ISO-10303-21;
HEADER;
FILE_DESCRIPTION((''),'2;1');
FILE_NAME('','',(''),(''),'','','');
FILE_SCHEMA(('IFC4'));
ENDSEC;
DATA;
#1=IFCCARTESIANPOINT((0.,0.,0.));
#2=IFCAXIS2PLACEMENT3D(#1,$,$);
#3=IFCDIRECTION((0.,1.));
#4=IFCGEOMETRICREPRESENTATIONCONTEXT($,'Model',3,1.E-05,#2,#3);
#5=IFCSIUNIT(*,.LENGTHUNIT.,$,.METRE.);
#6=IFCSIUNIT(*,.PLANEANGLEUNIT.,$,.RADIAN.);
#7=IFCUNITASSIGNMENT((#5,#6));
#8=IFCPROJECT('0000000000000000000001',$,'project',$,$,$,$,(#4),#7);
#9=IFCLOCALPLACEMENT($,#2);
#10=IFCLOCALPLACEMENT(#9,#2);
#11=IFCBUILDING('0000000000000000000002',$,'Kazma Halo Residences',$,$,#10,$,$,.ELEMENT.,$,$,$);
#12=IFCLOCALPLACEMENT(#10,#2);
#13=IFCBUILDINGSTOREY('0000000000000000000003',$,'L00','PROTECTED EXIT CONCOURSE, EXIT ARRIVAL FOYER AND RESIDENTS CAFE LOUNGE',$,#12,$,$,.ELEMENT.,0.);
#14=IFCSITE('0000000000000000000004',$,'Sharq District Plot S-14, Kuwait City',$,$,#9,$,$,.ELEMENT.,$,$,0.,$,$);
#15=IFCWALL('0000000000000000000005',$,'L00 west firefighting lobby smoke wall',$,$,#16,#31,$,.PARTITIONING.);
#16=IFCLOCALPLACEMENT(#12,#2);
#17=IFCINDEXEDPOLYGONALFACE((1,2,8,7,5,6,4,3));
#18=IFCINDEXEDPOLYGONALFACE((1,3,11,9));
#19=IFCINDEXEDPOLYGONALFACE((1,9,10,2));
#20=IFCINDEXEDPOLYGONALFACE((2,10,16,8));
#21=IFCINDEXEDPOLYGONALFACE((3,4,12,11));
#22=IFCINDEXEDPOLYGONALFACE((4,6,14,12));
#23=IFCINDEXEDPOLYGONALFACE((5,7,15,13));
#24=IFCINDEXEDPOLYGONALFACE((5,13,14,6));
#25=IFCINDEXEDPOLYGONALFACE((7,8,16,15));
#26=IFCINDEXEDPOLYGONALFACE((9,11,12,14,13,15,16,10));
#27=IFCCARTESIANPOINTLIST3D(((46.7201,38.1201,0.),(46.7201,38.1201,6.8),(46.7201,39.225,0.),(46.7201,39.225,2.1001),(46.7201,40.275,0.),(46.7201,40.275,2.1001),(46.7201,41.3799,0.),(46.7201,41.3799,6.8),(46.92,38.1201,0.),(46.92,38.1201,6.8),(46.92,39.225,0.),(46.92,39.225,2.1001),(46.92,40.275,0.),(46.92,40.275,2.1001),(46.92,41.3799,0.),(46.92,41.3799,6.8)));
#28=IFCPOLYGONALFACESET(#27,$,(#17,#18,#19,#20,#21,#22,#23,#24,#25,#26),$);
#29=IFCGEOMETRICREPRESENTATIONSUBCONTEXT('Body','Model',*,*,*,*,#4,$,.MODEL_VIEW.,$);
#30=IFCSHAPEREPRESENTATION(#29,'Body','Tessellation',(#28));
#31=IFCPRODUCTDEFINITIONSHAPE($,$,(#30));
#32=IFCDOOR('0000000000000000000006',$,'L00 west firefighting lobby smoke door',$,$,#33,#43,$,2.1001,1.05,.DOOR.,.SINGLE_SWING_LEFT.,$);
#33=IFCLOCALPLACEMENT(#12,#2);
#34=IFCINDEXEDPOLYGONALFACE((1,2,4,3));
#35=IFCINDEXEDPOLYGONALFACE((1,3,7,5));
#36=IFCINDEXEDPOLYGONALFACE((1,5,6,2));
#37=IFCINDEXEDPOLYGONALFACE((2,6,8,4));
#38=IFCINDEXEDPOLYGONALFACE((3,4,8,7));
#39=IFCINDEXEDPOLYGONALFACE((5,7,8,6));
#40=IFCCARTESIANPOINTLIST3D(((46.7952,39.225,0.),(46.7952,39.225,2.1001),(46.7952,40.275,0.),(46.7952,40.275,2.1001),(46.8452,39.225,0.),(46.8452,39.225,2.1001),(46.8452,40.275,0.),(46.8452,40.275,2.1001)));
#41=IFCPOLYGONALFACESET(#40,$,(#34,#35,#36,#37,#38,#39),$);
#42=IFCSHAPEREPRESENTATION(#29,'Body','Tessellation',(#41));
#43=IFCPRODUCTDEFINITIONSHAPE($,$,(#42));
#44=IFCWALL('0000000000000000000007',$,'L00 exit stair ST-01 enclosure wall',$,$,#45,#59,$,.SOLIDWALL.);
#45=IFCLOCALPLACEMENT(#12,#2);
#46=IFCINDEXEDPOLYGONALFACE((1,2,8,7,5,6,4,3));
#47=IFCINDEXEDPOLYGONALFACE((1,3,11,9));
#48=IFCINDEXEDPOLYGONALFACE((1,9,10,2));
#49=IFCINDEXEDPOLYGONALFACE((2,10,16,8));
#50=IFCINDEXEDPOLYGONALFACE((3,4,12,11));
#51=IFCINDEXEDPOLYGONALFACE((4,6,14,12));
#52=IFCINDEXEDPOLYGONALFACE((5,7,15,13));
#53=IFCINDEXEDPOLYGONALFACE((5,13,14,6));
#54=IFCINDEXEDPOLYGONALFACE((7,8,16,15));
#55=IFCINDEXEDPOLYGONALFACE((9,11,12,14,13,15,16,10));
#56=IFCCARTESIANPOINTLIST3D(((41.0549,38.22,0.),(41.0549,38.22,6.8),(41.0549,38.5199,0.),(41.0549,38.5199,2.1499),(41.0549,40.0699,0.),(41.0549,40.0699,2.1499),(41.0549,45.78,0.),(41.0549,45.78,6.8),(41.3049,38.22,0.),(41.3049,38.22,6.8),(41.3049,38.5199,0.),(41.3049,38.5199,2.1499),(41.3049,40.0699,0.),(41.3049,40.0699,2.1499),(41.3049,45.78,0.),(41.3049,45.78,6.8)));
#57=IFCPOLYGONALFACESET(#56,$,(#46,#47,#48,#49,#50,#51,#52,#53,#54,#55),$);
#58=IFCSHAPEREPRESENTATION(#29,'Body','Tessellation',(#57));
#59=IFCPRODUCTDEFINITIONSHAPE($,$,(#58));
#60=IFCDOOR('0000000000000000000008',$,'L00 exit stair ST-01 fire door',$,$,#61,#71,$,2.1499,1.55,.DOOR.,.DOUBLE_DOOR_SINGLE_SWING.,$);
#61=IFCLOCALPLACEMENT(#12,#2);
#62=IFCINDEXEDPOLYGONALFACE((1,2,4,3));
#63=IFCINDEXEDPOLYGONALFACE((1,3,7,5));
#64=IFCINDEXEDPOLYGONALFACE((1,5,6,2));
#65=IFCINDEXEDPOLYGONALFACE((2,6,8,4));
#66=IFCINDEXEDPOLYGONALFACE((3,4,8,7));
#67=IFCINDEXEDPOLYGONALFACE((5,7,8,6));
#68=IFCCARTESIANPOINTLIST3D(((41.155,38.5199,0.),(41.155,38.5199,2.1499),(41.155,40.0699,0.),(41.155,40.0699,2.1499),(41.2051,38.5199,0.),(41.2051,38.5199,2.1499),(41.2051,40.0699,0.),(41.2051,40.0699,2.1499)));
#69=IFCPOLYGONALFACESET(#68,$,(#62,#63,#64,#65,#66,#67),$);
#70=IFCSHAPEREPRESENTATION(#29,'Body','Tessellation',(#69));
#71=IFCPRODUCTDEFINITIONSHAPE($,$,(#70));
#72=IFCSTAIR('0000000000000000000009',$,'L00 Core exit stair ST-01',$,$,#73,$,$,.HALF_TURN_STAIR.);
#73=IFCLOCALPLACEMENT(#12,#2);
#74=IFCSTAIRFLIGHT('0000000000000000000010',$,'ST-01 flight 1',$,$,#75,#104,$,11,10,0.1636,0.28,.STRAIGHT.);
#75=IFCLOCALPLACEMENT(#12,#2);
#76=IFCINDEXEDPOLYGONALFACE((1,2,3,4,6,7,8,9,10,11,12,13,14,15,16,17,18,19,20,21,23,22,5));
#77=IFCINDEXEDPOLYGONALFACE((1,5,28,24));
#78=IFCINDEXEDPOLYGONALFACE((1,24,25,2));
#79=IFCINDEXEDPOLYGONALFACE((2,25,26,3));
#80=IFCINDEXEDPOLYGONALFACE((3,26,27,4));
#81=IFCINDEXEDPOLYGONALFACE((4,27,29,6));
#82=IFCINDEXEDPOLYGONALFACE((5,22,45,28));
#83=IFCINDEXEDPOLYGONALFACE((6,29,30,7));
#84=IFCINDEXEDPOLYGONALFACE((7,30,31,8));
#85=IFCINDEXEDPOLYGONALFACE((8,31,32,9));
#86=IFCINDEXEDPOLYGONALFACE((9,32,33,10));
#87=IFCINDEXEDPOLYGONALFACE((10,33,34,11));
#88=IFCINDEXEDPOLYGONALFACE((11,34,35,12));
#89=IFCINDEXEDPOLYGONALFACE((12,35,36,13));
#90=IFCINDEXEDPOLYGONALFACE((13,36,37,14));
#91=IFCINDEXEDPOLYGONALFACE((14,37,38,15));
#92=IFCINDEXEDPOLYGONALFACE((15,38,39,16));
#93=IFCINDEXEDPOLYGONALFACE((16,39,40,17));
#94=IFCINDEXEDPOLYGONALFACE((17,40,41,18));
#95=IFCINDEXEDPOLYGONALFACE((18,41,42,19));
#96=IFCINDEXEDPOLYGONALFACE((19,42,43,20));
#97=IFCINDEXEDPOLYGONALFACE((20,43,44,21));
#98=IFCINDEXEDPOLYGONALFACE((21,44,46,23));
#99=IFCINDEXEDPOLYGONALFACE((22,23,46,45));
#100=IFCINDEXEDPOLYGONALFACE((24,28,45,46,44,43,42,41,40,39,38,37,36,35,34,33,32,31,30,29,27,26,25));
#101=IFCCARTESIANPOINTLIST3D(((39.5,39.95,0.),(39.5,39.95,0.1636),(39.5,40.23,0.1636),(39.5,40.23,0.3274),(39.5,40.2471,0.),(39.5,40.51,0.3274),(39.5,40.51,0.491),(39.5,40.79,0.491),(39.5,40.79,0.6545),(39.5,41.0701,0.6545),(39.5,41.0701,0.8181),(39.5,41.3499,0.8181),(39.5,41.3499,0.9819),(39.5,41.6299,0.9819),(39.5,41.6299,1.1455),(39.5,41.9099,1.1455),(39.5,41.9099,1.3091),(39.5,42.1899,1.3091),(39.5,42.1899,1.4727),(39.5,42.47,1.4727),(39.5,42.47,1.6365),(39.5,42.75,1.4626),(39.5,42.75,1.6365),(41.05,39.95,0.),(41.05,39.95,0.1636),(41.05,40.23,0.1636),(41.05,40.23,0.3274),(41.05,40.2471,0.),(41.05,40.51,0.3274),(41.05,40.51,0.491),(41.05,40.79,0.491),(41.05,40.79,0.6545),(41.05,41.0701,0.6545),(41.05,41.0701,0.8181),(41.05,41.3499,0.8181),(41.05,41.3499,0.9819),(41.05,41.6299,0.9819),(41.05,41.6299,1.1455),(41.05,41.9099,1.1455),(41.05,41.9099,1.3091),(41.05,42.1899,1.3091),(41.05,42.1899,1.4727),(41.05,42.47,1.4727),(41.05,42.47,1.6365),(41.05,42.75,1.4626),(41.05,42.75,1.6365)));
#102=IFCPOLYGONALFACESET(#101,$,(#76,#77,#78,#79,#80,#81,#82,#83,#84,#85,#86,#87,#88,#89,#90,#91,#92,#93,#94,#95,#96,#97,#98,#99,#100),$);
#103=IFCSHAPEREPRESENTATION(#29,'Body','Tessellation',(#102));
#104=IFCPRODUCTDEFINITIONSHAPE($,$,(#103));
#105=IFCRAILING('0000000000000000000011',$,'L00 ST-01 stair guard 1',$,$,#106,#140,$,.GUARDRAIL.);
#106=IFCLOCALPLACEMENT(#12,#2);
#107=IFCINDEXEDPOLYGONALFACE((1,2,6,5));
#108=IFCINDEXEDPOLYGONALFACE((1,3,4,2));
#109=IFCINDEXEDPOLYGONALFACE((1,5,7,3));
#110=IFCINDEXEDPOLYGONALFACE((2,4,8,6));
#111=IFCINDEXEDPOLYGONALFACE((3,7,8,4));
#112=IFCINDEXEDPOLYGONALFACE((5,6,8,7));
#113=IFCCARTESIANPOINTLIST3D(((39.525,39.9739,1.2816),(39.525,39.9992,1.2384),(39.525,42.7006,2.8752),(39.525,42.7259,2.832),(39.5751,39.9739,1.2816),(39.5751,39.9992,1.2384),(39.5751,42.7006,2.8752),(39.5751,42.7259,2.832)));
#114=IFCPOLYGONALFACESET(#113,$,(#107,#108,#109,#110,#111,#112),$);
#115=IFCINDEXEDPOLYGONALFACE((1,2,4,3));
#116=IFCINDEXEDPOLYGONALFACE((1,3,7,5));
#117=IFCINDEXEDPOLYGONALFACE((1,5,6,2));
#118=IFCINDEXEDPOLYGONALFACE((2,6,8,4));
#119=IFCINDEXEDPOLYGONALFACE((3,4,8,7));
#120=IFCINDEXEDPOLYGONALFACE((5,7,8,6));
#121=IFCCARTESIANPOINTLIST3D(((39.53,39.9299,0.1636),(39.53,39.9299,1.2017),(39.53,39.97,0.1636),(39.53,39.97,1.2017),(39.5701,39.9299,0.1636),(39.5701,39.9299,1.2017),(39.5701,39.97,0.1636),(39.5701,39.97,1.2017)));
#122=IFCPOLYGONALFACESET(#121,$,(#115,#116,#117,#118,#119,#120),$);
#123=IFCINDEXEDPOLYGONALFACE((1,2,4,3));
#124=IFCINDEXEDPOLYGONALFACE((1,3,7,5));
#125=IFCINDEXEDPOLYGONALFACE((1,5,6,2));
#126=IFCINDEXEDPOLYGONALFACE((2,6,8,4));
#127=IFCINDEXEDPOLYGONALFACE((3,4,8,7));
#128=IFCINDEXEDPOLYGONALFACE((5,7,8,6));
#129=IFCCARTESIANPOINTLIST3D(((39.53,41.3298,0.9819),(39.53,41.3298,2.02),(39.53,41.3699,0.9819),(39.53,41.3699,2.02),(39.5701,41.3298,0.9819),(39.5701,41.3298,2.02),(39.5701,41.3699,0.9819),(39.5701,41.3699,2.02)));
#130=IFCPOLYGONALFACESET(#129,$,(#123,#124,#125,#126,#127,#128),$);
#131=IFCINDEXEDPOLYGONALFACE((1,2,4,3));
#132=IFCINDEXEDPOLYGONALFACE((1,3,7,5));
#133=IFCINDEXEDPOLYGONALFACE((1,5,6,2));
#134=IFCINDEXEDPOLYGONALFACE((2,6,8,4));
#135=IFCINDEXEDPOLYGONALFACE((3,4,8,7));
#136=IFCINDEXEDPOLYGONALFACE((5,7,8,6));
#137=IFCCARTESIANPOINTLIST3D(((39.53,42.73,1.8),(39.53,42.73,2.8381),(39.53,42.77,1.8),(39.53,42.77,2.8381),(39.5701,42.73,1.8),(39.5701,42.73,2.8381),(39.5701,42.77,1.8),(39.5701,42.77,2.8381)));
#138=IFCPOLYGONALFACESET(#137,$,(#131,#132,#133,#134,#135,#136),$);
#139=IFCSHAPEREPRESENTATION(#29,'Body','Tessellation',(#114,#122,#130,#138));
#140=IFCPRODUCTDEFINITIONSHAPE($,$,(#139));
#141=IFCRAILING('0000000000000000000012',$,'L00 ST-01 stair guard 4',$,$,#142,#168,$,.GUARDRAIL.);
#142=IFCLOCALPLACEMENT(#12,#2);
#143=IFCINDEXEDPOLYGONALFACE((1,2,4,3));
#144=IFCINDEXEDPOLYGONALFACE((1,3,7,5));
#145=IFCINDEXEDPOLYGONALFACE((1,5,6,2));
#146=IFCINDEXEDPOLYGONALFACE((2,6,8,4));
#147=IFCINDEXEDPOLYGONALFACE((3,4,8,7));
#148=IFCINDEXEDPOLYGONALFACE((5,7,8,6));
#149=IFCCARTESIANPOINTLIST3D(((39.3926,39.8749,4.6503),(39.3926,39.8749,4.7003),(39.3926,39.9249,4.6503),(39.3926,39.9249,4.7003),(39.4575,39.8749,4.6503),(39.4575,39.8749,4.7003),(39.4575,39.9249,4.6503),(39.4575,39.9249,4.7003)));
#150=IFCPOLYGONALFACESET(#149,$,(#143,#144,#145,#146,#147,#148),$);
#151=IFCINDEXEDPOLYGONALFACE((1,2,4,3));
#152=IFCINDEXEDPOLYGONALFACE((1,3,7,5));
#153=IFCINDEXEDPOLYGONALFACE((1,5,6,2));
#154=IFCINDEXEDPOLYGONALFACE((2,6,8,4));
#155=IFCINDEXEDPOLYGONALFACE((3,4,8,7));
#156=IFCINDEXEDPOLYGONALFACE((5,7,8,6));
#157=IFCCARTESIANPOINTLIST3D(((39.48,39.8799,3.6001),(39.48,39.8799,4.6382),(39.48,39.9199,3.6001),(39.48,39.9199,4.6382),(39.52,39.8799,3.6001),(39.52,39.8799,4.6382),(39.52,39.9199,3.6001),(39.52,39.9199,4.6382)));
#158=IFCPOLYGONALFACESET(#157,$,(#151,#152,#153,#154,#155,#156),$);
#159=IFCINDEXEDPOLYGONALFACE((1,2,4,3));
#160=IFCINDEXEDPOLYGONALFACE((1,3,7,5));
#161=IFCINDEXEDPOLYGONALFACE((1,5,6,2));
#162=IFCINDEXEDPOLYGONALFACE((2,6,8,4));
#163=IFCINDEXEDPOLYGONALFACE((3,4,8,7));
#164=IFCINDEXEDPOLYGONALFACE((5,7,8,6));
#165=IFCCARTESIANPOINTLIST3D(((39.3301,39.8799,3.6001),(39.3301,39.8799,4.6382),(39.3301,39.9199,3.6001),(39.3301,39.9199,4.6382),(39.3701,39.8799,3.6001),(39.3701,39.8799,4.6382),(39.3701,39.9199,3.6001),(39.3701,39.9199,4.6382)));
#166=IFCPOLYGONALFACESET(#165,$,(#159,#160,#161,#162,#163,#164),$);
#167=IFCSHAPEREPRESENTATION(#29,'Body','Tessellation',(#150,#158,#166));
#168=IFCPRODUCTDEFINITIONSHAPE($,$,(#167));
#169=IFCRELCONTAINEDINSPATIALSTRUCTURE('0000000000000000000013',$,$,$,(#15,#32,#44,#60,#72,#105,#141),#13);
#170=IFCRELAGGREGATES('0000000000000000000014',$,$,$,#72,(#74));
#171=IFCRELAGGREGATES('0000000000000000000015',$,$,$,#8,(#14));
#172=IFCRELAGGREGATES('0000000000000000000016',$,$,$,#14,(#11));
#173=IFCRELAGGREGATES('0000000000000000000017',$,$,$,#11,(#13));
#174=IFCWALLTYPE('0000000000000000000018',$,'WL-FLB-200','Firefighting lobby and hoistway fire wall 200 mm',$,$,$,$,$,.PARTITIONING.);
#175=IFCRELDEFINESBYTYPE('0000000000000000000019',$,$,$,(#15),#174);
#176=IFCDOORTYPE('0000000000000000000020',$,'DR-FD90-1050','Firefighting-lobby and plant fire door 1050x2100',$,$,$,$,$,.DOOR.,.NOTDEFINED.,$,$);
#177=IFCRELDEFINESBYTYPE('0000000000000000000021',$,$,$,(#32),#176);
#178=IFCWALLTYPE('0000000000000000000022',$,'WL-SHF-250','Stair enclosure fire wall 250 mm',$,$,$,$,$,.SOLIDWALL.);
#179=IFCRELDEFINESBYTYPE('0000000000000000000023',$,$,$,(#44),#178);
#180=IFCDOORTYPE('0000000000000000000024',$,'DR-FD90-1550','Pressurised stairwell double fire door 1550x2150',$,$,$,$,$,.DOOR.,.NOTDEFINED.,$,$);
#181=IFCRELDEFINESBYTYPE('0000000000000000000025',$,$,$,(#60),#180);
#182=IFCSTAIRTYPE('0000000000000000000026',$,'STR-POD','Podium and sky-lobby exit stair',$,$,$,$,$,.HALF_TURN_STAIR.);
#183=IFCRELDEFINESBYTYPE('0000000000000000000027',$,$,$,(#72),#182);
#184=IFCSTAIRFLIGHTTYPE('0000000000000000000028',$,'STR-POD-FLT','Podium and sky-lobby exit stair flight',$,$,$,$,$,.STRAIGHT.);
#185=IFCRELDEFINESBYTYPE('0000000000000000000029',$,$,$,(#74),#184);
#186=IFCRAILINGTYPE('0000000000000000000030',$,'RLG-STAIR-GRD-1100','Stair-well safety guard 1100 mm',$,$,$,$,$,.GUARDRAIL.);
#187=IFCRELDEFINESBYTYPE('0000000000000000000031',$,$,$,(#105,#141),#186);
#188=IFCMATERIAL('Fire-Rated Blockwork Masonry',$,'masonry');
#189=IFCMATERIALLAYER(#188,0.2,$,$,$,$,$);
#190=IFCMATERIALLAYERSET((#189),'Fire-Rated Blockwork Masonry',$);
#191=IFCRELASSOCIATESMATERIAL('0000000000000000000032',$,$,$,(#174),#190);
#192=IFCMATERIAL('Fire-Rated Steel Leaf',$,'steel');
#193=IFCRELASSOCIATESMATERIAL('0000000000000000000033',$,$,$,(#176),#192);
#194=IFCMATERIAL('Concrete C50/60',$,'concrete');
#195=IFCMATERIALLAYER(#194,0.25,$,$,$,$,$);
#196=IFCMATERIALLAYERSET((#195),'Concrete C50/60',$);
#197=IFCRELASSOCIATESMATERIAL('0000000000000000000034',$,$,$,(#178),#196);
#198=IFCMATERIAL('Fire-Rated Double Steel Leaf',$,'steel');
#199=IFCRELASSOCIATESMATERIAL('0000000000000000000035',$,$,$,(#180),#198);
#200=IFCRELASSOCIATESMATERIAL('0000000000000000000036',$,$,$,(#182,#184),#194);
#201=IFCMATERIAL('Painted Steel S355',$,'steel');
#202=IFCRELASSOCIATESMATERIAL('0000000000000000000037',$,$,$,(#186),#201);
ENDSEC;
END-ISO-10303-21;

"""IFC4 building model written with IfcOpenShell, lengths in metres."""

from ifc_helpers import new_model, si_unit, direction, frame, frame_2d, origin, origin_2d, place, context, subcontext, project, spatial, polyline, rectangle, outline, extrude, material, layer, layer_set, type_object, element, fill, aggregate, save


model = new_model("IFC4")

# Units and contexts
model_context = context("Model", 3, precision=1e-05, world=origin(), true_north=direction((0.0, 1.0)))
body_context = subcontext(model_context, "Body", "Model", "MODEL_VIEW")
ifc_project = project(units=[si_unit("LENGTHUNIT", "METRE"), si_unit("PLANEANGLEUNIT", "RADIAN")], contexts=[model_context])

# Site, building, storey
site_placement = place(None, origin())
site = spatial("IfcSite", under=ifc_project, at=site_placement, Name="Sharq District Plot S-14, Kuwait City", CompositionType="ELEMENT", RefElevation=0.0)
building_placement = place(site_placement, origin())
building = spatial("IfcBuilding", under=site, at=building_placement, Name="Kazma Halo Residences", CompositionType="ELEMENT")
storey_placement = place(building_placement, origin())
storey = spatial("IfcBuildingStorey", under=building, at=storey_placement, Name="L00", Description="PROTECTED EXIT CONCOURSE, EXIT ARRIVAL FOYER AND RESIDENTS CAFE LOUNGE", CompositionType="ELEMENT", Elevation=0.0)

# Shared definitions
ifc_material_1 = material(Name="Fire-Rated Blockwork Masonry", Category="masonry")
ifc_layer_1 = layer(ifc_material_1, 0.2)
ifc_layer_set_1 = layer_set([ifc_layer_1], Name="Fire-Rated Blockwork Masonry")
wall_type_1 = type_object("IfcWallType", Name="WL-FLB-200", Description="Firefighting lobby and hoistway fire wall 200 mm", PredefinedType="PARTITIONING", material=ifc_layer_set_1)

# Walls, openings, doors
wall_1_placement = place(storey_placement, frame((46.8201, 38.1201, 0.0), z_axis=(0.0, 0.0, 1.0), x_axis=(0.0, 1.0, 0.0)))
wall_1 = element("IfcWall", 1, at=wall_1_placement, inside=storey, type_object=wall_type_1, Name="L00 west firefighting lobby smoke wall", PredefinedType="PARTITIONING", context=body_context, shape_type="SweptSolid", body=[
    extrude(rectangle(XDim=3.2598, YDim=0.2, at=frame_2d((1.6299, 0.0))), origin(), (0.0, 0.0, 1.0), 6.8),
])
opening_1_placement = place(wall_1_placement, frame((1.105, 0.0, 0.0)))
opening_1 = element("IfcOpeningElement", 2, at=opening_1_placement, cuts=wall_1, PredefinedType="OPENING", context=body_context, shape_type="SweptSolid", body=[
    extrude(rectangle(XDim=1.05, YDim=2.1001, at=frame_2d((0.5249, 1.05))), frame((0.0, 0.1099, 0.0), z_axis=(0.0, -1.0, 0.0), x_axis=(1.0, 0.0, 0.0)), (0.0, 0.0, 1.0), 0.22),
])
ifc_material_2 = material(Name="Fire-Rated Steel Leaf", Category="steel")
door_type_1 = type_object("IfcDoorType", Name="DR-FD90-1050", Description="Firefighting-lobby and plant fire door 1050x2100", OperationType="NOTDEFINED", PredefinedType="DOOR", material=ifc_material_2)
door_1_placement = place(opening_1_placement, origin())
door_1 = element("IfcDoor", 3, at=door_1_placement, inside=storey, type_object=door_type_1, Name="L00 west firefighting lobby smoke door", OperationType="SINGLE_SWING_LEFT", OverallHeight=2.1001, OverallWidth=1.05, PredefinedType="DOOR", context=body_context, shape_type="SweptSolid", body=[
    extrude(rectangle(XDim=1.05, YDim=2.1001, at=frame_2d((0.5249, 1.05))), frame((0.0, 0.0249, 0.0), z_axis=(0.0, -1.0, 0.0), x_axis=(1.0, 0.0, 0.0)), (0.0, 0.0, 1.0), 0.05),
])
fill(opening_1, door_1)
ifc_material_3 = material(Name="Concrete C50/60", Category="concrete")
ifc_layer_2 = layer(ifc_material_3, 0.25)
ifc_layer_set_2 = layer_set([ifc_layer_2], Name="Concrete C50/60")
wall_type_2 = type_object("IfcWallType", Name="WL-SHF-250", Description="Stair enclosure fire wall 250 mm", PredefinedType="SOLIDWALL", material=ifc_layer_set_2)
wall_2_placement = place(storey_placement, frame((41.1799, 38.22, 0.0), z_axis=(0.0, 0.0, 1.0), x_axis=(0.0, 1.0, 0.0)))
wall_2 = element("IfcWall", 4, at=wall_2_placement, inside=storey, type_object=wall_type_2, Name="L00 exit stair ST-01 enclosure wall", PredefinedType="SOLIDWALL", context=body_context, shape_type="SweptSolid", body=[
    extrude(rectangle(XDim=7.5601, YDim=0.25, at=frame_2d((3.78, 0.0))), origin(), (0.0, 0.0, 1.0), 6.8),
])
opening_2_placement = place(wall_2_placement, frame((0.3, 0.0, 0.0)))
opening_2 = element("IfcOpeningElement", 5, at=opening_2_placement, cuts=wall_2, PredefinedType="OPENING", context=body_context, shape_type="SweptSolid", body=[
    extrude(rectangle(XDim=1.55, YDim=2.1499, at=frame_2d((0.7749, 1.075))), frame((0.0, 0.135, 0.0), z_axis=(0.0, -1.0, 0.0), x_axis=(1.0, 0.0, 0.0)), (0.0, 0.0, 1.0), 0.27),
])
ifc_material_4 = material(Name="Fire-Rated Double Steel Leaf", Category="steel")
door_type_2 = type_object("IfcDoorType", Name="DR-FD90-1550", Description="Pressurised stairwell double fire door 1550x2150", OperationType="NOTDEFINED", PredefinedType="DOOR", material=ifc_material_4)
door_2_placement = place(opening_2_placement, origin())
door_2 = element("IfcDoor", 6, at=door_2_placement, inside=storey, type_object=door_type_2, Name="L00 exit stair ST-01 fire door", OperationType="DOUBLE_DOOR_SINGLE_SWING", OverallHeight=2.1499, OverallWidth=1.55, PredefinedType="DOOR", context=body_context, shape_type="SweptSolid", body=[
    extrude(rectangle(XDim=1.55, YDim=2.1499, at=frame_2d((0.7749, 1.075))), frame((0.0, 0.0249, 0.0), z_axis=(0.0, -1.0, 0.0), x_axis=(1.0, 0.0, 0.0)), (0.0, 0.0, 1.0), 0.05),
])
fill(opening_2, door_2)

# Stair, stair flight
stair_type = type_object("IfcStairType", Name="STR-POD", Description="Podium and sky-lobby exit stair", PredefinedType="HALF_TURN_STAIR", material=ifc_material_3)
stair_placement = place(storey_placement, origin())
stair = element("IfcStair", 7, at=stair_placement, inside=storey, type_object=stair_type, Name="L00 Core exit stair ST-01", PredefinedType="HALF_TURN_STAIR")
stair_flight_type = type_object("IfcStairFlightType", Name="STR-POD-FLT", Description="Podium and sky-lobby exit stair flight", PredefinedType="STRAIGHT", material=ifc_material_3)
stair_flight_placement = place(storey_placement, frame((40.2749, 39.95, 0.0), z_axis=(0.0, 0.0, 1.0), x_axis=(0.0, 1.0, 0.0)))
stair_flight = element("IfcStairFlight", 8, at=stair_flight_placement, type_object=stair_flight_type, Name="ST-01 flight 1", NumberOfRisers=11, NumberOfTreads=10, PredefinedType="STRAIGHT", RiserHeight=0.1636, TreadLength=0.28, context=body_context, shape_type="SweptSolid", body=[
    extrude(outline(polyline([(0.0, 0.0), (0.0, 0.1636), (0.28, 0.1636), (0.28, 0.3274), (0.5601, 0.3274), (0.5601, 0.491), (0.8401, 0.491), (0.8401, 0.6545), (1.1201, 0.6545), (1.1201, 0.8181), (1.3999, 0.8181), (1.3999, 0.9819), (1.6799, 0.9819), (1.6799, 1.1455), (1.96, 1.1455), (1.96, 1.3091), (2.24, 1.3091), (2.24, 1.4727), (2.52, 1.4727), (2.52, 1.6365), (2.8, 1.6365), (2.8, 1.8), (2.8, 1.4626), (0.2971, 0.0), (0.0, 0.0)])), frame((0.0, 0.7749, 0.0), z_axis=(0.0, -1.0, 0.0), x_axis=(1.0, 0.0, 0.0)), (0.0, 0.0, 1.0), 1.55),
])
aggregate(stair, [stair_flight])

# Railings
ifc_material_5 = material(Name="Painted Steel S355", Category="steel")
railing_type = type_object("IfcRailingType", Name="RLG-STAIR-GRD-1100", Description="Stair-well safety guard 1100 mm", PredefinedType="GUARDRAIL", material=ifc_material_5)
railing_1_placement = place(storey_placement, frame((39.55, 39.95, 0.1636)))
element("IfcRailing", 9, at=railing_1_placement, inside=storey, type_object=railing_type, Name="L00 ST-01 stair guard 1", PredefinedType="GUARDRAIL", context=body_context, shape_type="SweptSolid", body=[
    extrude(rectangle(XDim=0.05, YDim=0.05, at=origin_2d()), frame((0.0, 0.0366, 1.0964), z_axis=(0.0, 0.863361, 0.504587), x_axis=(-1.0, 0.0, 0.0)), (0.0, 0.0, 1.0), 3.1582),
    extrude(rectangle(XDim=0.04, YDim=0.04, at=origin_2d()), origin(), (0.0, 0.0, 1.0), 1.0381),
    extrude(rectangle(XDim=0.04, YDim=0.04, at=origin_2d()), frame((0.0, 1.3999, 0.8184)), (0.0, 0.0, 1.0), 1.0381),
    extrude(rectangle(XDim=0.04, YDim=0.04, at=origin_2d()), frame((0.0, 2.8, 1.6365)), (0.0, 0.0, 1.0), 1.0381),
])
railing_2_placement = place(storey_placement, frame((39.5, 39.8999, 3.6001)))
element("IfcRailing", 10, at=railing_2_placement, inside=storey, type_object=railing_type, Name="L00 ST-01 stair guard 4", PredefinedType="GUARDRAIL", context=body_context, shape_type="SweptSolid", body=[
    extrude(rectangle(XDim=0.05, YDim=0.05, at=origin_2d()), frame((-0.0425, 0.0, 1.0752), z_axis=(-1.0, 0.0, 0.0), x_axis=(0.0, -1.0, 0.0)), (0.0, 0.0, 1.0), 0.0649),
    extrude(rectangle(XDim=0.04, YDim=0.04, at=origin_2d()), origin(), (0.0, 0.0, 1.0), 1.0381),
    extrude(rectangle(XDim=0.04, YDim=0.04, at=origin_2d()), frame((-0.1499, 0.0, 0.0)), (0.0, 0.0, 1.0), 1.0381),
])

save(model, "model.ifc")
